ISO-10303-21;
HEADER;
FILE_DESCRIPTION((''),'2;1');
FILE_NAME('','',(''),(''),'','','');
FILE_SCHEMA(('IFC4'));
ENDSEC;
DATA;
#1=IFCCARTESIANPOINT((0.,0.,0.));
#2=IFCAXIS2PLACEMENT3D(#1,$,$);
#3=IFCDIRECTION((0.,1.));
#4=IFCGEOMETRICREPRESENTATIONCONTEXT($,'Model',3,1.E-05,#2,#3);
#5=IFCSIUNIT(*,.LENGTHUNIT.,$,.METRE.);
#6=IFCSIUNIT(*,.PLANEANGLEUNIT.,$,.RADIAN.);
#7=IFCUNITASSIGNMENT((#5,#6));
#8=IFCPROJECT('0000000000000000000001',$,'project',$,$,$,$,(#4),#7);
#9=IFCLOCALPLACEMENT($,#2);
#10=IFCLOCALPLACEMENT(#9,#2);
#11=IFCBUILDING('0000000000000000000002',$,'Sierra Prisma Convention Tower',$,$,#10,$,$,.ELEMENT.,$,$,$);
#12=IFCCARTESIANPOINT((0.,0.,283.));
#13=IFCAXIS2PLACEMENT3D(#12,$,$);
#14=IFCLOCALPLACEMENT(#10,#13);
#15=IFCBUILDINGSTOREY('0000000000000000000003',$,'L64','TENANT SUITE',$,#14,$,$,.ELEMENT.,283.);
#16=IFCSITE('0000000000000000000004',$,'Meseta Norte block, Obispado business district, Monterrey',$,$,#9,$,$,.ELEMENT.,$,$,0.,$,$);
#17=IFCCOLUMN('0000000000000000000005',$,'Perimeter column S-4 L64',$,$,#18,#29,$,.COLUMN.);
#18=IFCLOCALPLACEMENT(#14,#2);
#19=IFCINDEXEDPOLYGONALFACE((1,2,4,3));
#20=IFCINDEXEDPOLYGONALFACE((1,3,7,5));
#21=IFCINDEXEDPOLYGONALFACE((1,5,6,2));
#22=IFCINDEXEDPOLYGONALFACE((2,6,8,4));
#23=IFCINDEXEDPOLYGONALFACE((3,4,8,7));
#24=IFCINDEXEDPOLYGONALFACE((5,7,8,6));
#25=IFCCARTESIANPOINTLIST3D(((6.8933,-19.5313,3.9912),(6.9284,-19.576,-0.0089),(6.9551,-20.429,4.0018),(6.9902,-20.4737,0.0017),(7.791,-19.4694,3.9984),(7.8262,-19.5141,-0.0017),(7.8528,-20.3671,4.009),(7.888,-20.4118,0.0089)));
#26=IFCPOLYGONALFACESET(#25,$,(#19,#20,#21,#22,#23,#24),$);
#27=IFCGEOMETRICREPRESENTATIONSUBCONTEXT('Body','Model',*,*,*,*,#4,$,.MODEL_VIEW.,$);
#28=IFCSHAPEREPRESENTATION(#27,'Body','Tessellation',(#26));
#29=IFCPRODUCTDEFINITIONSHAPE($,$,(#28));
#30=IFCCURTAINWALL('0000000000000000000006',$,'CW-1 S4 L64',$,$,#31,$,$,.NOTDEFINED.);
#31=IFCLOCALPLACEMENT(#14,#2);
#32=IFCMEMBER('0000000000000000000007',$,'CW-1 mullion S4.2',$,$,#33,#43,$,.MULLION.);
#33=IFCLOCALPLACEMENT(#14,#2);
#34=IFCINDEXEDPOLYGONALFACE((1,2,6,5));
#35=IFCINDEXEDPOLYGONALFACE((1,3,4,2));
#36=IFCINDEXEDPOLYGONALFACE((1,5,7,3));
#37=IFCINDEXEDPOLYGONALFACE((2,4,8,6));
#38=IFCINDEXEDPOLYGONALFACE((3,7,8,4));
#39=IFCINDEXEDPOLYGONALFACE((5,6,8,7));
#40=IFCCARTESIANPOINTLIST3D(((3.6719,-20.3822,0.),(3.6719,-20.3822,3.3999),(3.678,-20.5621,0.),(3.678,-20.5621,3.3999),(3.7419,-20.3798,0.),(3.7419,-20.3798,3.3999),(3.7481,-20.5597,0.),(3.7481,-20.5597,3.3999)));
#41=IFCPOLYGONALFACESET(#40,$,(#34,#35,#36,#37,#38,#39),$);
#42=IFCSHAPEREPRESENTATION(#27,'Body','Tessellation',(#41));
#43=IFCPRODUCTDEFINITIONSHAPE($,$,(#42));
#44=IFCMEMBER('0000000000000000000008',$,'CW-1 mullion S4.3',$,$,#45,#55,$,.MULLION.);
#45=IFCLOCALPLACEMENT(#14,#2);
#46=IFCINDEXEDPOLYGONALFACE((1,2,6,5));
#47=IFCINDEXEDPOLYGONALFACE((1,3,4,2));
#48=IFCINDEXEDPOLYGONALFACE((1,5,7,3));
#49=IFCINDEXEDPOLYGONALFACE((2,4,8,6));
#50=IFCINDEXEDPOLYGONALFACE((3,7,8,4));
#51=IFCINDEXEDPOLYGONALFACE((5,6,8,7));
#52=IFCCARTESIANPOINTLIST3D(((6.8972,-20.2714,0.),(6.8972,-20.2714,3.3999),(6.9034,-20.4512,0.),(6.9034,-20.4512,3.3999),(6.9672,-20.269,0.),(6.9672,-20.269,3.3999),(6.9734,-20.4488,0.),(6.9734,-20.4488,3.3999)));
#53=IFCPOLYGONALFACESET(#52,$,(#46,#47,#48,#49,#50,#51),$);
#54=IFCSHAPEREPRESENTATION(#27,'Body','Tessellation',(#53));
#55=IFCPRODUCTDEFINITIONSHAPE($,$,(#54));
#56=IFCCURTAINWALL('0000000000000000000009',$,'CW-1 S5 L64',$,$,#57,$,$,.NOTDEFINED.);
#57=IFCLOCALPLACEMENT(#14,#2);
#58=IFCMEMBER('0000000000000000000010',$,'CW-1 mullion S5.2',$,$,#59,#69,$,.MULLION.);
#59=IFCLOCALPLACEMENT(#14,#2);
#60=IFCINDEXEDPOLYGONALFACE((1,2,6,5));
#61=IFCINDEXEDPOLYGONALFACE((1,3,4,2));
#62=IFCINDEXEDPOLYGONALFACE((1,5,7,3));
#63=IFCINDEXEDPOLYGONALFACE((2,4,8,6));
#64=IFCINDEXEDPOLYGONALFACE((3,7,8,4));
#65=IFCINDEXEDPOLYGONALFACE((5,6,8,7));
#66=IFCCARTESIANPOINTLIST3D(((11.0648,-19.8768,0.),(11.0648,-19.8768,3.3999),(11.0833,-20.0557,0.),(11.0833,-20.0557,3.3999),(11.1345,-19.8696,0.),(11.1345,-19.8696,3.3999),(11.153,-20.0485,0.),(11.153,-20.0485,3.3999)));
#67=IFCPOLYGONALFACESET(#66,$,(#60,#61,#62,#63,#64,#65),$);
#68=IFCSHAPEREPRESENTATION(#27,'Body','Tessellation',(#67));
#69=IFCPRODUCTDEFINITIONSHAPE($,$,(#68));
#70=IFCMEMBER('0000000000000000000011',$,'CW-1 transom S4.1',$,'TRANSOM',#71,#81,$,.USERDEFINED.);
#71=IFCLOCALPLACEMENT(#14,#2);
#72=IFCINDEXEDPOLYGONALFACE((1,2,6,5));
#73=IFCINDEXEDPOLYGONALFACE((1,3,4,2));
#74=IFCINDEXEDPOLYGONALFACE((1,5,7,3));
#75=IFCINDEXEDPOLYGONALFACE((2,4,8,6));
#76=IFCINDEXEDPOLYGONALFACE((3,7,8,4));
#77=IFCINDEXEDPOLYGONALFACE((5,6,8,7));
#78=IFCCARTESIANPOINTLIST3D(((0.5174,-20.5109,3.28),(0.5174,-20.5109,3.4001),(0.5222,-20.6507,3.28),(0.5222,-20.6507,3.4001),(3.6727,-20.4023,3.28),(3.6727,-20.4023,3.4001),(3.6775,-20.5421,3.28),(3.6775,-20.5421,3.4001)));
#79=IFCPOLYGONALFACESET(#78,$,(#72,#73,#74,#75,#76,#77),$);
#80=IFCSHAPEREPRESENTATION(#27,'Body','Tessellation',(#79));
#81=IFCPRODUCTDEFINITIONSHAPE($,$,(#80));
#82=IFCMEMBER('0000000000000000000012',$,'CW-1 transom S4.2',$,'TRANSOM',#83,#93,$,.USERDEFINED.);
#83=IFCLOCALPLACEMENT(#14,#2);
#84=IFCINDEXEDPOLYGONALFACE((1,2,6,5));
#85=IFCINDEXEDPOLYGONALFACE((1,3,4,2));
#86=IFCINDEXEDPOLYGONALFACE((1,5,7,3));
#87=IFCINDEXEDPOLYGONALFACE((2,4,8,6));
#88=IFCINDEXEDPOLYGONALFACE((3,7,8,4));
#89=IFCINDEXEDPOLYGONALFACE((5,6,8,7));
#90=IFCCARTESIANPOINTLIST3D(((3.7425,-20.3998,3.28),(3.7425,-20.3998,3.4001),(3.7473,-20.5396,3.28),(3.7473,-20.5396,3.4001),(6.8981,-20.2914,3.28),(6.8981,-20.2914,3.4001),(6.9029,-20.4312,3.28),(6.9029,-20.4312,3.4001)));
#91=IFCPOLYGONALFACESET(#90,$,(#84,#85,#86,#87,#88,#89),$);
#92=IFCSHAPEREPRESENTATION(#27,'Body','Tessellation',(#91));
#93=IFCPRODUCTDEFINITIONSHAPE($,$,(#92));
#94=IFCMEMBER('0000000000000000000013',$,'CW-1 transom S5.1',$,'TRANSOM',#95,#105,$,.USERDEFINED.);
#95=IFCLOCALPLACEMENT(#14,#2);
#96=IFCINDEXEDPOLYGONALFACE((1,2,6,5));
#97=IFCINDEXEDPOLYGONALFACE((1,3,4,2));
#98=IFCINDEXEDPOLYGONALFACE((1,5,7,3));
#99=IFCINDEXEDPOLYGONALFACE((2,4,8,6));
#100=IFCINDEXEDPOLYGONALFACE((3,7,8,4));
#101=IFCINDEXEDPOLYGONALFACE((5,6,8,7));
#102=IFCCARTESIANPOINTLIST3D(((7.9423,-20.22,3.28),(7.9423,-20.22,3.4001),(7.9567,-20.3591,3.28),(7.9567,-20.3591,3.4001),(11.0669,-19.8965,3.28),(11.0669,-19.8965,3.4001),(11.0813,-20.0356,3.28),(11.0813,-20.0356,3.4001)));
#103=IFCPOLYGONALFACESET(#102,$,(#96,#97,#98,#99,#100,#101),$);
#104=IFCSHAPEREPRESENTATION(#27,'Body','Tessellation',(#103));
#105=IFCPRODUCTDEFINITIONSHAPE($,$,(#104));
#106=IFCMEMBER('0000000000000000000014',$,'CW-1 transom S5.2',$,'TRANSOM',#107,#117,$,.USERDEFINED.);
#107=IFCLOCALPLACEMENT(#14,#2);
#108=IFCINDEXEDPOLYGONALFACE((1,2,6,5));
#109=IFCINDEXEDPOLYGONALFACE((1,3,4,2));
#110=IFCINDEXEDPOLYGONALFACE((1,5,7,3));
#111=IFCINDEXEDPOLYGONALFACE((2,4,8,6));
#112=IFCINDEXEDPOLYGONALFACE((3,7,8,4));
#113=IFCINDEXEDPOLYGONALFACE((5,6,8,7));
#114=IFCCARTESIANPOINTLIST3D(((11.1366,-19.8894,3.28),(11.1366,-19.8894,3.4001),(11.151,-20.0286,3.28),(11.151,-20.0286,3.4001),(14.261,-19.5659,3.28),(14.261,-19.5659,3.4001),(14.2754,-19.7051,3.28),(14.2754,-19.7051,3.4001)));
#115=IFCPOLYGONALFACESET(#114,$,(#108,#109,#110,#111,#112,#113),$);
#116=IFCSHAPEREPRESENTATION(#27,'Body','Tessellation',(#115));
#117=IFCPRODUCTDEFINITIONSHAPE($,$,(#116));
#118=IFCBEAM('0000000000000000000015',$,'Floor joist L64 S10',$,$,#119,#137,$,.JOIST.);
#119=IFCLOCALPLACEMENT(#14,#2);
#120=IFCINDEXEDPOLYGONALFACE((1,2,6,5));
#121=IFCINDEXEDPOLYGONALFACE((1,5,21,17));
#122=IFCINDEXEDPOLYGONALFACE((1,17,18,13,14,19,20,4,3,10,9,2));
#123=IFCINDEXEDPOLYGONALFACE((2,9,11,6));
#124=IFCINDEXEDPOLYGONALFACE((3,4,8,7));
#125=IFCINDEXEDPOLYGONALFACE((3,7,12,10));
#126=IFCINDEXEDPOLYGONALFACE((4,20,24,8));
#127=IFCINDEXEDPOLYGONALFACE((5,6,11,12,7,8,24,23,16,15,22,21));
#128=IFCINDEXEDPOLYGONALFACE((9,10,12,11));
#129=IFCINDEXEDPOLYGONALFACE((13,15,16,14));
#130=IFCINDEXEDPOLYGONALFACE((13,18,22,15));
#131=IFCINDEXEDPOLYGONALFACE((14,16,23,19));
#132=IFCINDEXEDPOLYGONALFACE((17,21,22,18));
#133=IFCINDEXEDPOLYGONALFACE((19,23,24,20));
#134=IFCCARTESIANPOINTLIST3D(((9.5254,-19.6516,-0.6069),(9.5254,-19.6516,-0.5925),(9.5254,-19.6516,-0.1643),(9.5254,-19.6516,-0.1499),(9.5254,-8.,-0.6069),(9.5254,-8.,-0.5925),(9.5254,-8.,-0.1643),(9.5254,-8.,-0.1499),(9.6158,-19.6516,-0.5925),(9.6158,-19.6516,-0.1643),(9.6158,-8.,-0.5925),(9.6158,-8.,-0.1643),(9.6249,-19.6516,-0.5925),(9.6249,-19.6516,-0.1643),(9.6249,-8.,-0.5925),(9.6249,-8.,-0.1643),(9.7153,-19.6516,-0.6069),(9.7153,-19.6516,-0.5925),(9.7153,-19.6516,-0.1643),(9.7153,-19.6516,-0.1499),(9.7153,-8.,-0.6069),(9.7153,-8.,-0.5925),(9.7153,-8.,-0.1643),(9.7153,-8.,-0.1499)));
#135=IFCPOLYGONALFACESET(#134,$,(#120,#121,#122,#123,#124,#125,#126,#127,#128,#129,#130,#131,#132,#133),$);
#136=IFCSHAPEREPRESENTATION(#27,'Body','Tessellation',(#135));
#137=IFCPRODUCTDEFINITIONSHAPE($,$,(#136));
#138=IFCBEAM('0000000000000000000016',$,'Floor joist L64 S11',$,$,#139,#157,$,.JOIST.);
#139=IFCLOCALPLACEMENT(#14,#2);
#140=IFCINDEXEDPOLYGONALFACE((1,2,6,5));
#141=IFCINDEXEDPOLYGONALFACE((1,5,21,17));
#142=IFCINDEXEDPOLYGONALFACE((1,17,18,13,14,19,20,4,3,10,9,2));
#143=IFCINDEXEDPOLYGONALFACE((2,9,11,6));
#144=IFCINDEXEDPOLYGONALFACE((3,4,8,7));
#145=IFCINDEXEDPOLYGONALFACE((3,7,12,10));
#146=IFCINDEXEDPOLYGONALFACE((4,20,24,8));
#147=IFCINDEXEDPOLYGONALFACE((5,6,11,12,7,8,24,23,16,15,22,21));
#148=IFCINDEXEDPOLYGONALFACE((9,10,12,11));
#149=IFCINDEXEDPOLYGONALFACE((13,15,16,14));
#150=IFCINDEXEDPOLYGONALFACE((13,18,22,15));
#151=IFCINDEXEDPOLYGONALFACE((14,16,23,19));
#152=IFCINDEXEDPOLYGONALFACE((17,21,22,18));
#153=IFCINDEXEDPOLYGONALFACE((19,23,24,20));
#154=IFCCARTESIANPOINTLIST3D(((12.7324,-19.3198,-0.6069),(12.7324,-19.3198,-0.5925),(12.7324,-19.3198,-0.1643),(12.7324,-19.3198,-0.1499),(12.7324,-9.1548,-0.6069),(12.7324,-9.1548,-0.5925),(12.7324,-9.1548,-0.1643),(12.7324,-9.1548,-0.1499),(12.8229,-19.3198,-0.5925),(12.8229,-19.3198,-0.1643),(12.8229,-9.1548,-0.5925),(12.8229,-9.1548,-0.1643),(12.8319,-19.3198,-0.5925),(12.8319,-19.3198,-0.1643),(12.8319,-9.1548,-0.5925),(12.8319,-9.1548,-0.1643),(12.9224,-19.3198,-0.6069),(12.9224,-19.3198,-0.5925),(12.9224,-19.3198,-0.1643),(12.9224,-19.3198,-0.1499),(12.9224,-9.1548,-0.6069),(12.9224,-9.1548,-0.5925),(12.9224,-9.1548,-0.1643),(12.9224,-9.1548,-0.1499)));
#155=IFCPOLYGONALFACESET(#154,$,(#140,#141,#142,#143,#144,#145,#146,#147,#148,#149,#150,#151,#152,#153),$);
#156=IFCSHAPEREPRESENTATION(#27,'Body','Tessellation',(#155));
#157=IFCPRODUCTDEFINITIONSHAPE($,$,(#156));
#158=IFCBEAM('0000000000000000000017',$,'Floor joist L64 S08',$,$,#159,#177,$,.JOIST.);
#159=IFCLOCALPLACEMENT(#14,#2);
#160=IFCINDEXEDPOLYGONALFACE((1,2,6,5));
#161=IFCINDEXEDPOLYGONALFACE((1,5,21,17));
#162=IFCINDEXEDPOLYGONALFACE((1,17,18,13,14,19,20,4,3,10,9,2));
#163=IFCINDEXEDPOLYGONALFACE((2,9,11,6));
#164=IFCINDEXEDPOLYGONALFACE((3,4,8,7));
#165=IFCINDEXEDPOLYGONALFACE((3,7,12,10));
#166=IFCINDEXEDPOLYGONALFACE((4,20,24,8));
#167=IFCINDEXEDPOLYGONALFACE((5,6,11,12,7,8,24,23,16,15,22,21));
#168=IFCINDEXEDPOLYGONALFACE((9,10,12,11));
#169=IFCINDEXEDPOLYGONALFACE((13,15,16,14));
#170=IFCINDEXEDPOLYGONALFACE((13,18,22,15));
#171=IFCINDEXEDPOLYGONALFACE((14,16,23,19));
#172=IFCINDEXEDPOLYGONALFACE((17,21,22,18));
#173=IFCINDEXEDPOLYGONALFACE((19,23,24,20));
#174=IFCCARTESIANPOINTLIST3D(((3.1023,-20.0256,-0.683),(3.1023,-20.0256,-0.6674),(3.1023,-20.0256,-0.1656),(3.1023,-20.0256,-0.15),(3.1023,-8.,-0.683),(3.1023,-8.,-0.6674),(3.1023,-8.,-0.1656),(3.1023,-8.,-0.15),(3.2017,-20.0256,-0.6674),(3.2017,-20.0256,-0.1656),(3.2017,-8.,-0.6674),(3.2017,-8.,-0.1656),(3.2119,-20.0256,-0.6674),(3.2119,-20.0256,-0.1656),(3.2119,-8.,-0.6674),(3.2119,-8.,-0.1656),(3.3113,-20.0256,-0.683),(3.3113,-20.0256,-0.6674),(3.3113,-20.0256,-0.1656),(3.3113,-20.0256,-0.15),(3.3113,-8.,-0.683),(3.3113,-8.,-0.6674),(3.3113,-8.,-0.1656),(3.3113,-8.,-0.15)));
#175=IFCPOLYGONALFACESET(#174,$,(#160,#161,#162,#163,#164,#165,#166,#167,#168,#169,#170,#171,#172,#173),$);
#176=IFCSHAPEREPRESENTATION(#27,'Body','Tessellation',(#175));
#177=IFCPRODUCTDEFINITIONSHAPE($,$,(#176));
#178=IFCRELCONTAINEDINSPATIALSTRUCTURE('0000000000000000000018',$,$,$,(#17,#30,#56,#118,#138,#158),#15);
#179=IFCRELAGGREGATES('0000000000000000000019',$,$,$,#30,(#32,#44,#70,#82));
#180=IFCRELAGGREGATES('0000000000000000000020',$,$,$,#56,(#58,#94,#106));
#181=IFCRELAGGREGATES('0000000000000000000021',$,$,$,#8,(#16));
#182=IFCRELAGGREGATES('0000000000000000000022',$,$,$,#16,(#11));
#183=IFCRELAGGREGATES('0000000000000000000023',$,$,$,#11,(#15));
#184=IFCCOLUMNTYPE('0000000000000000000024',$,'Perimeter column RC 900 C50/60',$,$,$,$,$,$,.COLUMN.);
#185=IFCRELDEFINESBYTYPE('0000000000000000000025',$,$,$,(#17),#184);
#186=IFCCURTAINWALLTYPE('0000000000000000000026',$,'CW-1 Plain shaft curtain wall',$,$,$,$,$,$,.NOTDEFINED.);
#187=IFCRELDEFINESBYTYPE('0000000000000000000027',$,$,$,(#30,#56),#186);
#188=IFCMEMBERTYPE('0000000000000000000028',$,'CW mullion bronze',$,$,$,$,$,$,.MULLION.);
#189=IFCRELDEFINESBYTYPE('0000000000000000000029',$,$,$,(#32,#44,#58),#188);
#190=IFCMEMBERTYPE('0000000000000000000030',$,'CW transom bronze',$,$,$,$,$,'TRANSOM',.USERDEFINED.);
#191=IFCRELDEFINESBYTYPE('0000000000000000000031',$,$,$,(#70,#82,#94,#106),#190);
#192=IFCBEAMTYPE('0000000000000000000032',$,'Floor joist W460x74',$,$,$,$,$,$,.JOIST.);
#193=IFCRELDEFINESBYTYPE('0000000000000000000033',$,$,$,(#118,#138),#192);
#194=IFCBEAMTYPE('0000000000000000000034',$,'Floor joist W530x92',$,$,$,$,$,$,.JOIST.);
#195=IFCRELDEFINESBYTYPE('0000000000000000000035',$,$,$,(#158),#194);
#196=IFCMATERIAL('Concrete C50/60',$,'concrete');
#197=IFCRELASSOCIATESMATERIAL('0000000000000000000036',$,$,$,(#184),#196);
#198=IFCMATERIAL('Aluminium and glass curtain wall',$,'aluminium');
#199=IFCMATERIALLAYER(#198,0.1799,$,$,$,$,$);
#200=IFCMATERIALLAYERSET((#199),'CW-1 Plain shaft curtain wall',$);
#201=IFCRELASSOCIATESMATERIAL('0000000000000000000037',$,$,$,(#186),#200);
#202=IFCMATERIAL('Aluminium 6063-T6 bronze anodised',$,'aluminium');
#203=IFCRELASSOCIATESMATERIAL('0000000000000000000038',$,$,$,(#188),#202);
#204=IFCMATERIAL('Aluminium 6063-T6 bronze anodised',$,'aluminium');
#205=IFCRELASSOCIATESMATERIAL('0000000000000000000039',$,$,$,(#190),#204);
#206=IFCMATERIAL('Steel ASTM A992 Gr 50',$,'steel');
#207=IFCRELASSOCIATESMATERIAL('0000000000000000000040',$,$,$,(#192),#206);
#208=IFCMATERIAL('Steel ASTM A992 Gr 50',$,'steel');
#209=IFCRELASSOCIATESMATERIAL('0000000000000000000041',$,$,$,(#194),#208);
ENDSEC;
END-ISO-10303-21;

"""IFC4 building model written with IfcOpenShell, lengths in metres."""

from ifc_helpers import new_model, si_unit, direction, frame, origin, origin_2d, place, context, subcontext, project, spatial, rectangle, i_section, extrude, material, layer, layer_set, material_profile, profile_set, type_object, element, aggregate, save


model = new_model("IFC4")

# Units and contexts
model_context = context("Model", 3, precision=1e-05, world=origin(), true_north=direction((0.0, 1.0)))
body_context = subcontext(model_context, "Body", "Model", "MODEL_VIEW")
ifc_project = project(units=[si_unit("LENGTHUNIT", "METRE"), si_unit("PLANEANGLEUNIT", "RADIAN")], contexts=[model_context])

# Site, building, storey
site_placement = place(None, origin())
site = spatial("IfcSite", under=ifc_project, at=site_placement, Name="Meseta Norte block, Obispado business district, Monterrey", CompositionType="ELEMENT", RefElevation=0.0)
building_placement = place(site_placement, origin())
building = spatial("IfcBuilding", under=site, at=building_placement, Name="Sierra Prisma Convention Tower", CompositionType="ELEMENT")
storey_placement = place(building_placement, frame((0.0, 0.0, 283.0)))
storey = spatial("IfcBuildingStorey", under=building, at=storey_placement, Name="L64", Description="TENANT SUITE", CompositionType="ELEMENT", Elevation=283.0)

# Column
ifc_material_1 = material(Name="Concrete C50/60", Category="concrete")
ifc_material_profile_1 = material_profile(ifc_material_1, rectangle(XDim=0.8999, YDim=0.8999, at=origin_2d()), Name="Perimeter column RC 900 C50/60")
ifc_profile_set_1 = profile_set([ifc_material_profile_1], Name="Concrete C50/60")
column_type = type_object("IfcColumnType", Name="Perimeter column RC 900 C50/60", PredefinedType="COLUMN", material=ifc_profile_set_1)
column_placement = place(storey_placement, frame((7.4082, -19.9939, 0.0), z_axis=(-0.008788, 0.011168, 0.999899), x_axis=(0.9976, 0.068781, 0.008)))
element("IfcColumn", 1, at=column_placement, inside=storey, type_object=column_type, Name="Perimeter column S-4 L64", PredefinedType="COLUMN", context=body_context, shape_type="SweptSolid", body=[
    extrude(rectangle(XDim=0.8999, YDim=0.8999, at=origin_2d()), origin(), (0.0, 0.0, 1.0), 4.0005),
])

# Curtain wall, members
ifc_material_2 = material(Name="Aluminium and glass curtain wall", Category="aluminium")
ifc_layer_1 = layer(ifc_material_2, 0.1799)
ifc_layer_set_1 = layer_set([ifc_layer_1], Name="CW-1 Plain shaft curtain wall")
curtain_wall_type = type_object("IfcCurtainWallType", Name="CW-1 Plain shaft curtain wall", PredefinedType="NOTDEFINED", material=ifc_layer_set_1)
curtain_wall_1_placement = place(storey_placement, origin())
curtain_wall_1 = element("IfcCurtainWall", 2, at=curtain_wall_1_placement, inside=storey, type_object=curtain_wall_type, Name="CW-1 S4 L64", PredefinedType="NOTDEFINED")
ifc_material_3 = material(Name="Aluminium 6063-T6 bronze anodised", Category="aluminium")
ifc_material_profile_2 = material_profile(ifc_material_3, rectangle(XDim=0.1799, YDim=0.0701, at=origin_2d()), Name="ALU MULLION 70x180")
ifc_profile_set_2 = profile_set([ifc_material_profile_2], Name="Aluminium 6063-T6 bronze anodised")
member_type_1 = type_object("IfcMemberType", Name="CW mullion bronze", PredefinedType="MULLION", material=ifc_profile_set_2)
member_1_placement = place(storey_placement, frame((3.71, -20.4709, 0.0), z_axis=(0.0, 0.0, 1.0), x_axis=(-0.034364, 0.999409, 0.0)))
member_1 = element("IfcMember", 3, at=member_1_placement, type_object=member_type_1, Name="CW-1 mullion S4.2", PredefinedType="MULLION", context=body_context, shape_type="SweptSolid", body=[
    extrude(rectangle(XDim=0.1799, YDim=0.0701, at=origin_2d()), origin(), (0.0, 0.0, 1.0), 3.3999),
])
member_2_placement = place(storey_placement, frame((6.9353, -20.3601, 0.0), z_axis=(0.0, 0.0, 1.0), x_axis=(-0.034364, 0.999409, 0.0)))
member_2 = element("IfcMember", 4, at=member_2_placement, type_object=member_type_1, Name="CW-1 mullion S4.3", PredefinedType="MULLION", context=body_context, shape_type="SweptSolid", body=[
    extrude(rectangle(XDim=0.1799, YDim=0.0701, at=origin_2d()), origin(), (0.0, 0.0, 1.0), 3.3999),
])

# Curtain wall, member
curtain_wall_2_placement = place(storey_placement, origin())
curtain_wall_2 = element("IfcCurtainWall", 5, at=curtain_wall_2_placement, inside=storey, type_object=curtain_wall_type, Name="CW-1 S5 L64", PredefinedType="NOTDEFINED")
member_3_placement = place(storey_placement, frame((11.1089, -19.9626, 0.0), z_axis=(0.0, 0.0, 1.0), x_axis=(-0.10293, 0.994689, 0.0)))
member_3 = element("IfcMember", 6, at=member_3_placement, type_object=member_type_1, Name="CW-1 mullion S5.2", PredefinedType="MULLION", context=body_context, shape_type="SweptSolid", body=[
    extrude(rectangle(XDim=0.1799, YDim=0.0701, at=origin_2d()), origin(), (0.0, 0.0, 1.0), 3.3999),
])

# Members
ifc_material_4 = material(Name="Aluminium 6063-T6 bronze anodised", Category="aluminium")
ifc_material_profile_3 = material_profile(ifc_material_4, rectangle(XDim=0.1399, YDim=0.1201, at=origin_2d()), Name="ALU TRANSOM 120x140")
ifc_profile_set_3 = profile_set([ifc_material_profile_3], Name="Aluminium 6063-T6 bronze anodised")
member_type_2 = type_object("IfcMemberType", Name="CW transom bronze", ElementType="TRANSOM", PredefinedType="USERDEFINED", material=ifc_profile_set_3)
member_4_placement = place(storey_placement, frame((0.5198, -20.5808, 3.3401), z_axis=(0.999408, 0.034412, 0.0), x_axis=(-0.034412, 0.999408, 0.0)))
member_4 = element("IfcMember", 7, at=member_4_placement, type_object=member_type_2, Name="CW-1 transom S4.1", ObjectType="TRANSOM", PredefinedType="USERDEFINED", context=body_context, shape_type="SweptSolid", body=[
    extrude(rectangle(XDim=0.1399, YDim=0.1201, at=origin_2d()), origin(), (0.0, 0.0, 1.0), 3.1572),
])
member_5_placement = place(storey_placement, frame((3.7449, -20.4697, 3.3401), z_axis=(0.99941, 0.034332, 0.0), x_axis=(-0.034332, 0.99941, 0.0)))
member_5 = element("IfcMember", 8, at=member_5_placement, type_object=member_type_2, Name="CW-1 transom S4.2", ObjectType="TRANSOM", PredefinedType="USERDEFINED", context=body_context, shape_type="SweptSolid", body=[
    extrude(rectangle(XDim=0.1399, YDim=0.1201, at=origin_2d()), origin(), (0.0, 0.0, 1.0), 3.1575),
])
member_6_placement = place(storey_placement, frame((7.9495, -20.2896, 3.3401), z_axis=(0.994684, 0.102973, 0.0), x_axis=(-0.102973, 0.994684, 0.0)))
member_6 = element("IfcMember", 9, at=member_6_placement, type_object=member_type_2, Name="CW-1 transom S5.1", ObjectType="TRANSOM", PredefinedType="USERDEFINED", context=body_context, shape_type="SweptSolid", body=[
    extrude(rectangle(XDim=0.1399, YDim=0.1201, at=origin_2d()), origin(), (0.0, 0.0, 1.0), 3.1414),
])
member_7_placement = place(storey_placement, frame((11.1438, -19.959, 3.3401), z_axis=(0.994683, 0.102981, 0.0), x_axis=(-0.102981, 0.994683, 0.0)))
member_7 = element("IfcMember", 10, at=member_7_placement, type_object=member_type_2, Name="CW-1 transom S5.2", ObjectType="TRANSOM", PredefinedType="USERDEFINED", context=body_context, shape_type="SweptSolid", body=[
    extrude(rectangle(XDim=0.1399, YDim=0.1201, at=origin_2d()), origin(), (0.0, 0.0, 1.0), 3.1411),
])

# Beams
ifc_material_5 = material(Name="Steel ASTM A992 Gr 50", Category="steel")
ifc_material_profile_4 = material_profile(ifc_material_5, i_section(OverallWidth=0.1899, OverallDepth=0.457, WebThickness=0.009, FlangeThickness=0.0144, at=origin_2d()), Name="W460x74")
ifc_profile_set_4 = profile_set([ifc_material_profile_4], Name="Steel ASTM A992 Gr 50")
beam_type_1 = type_object("IfcBeamType", Name="Floor joist W460x74", PredefinedType="JOIST", material=ifc_profile_set_4)
beam_1_placement = place(storey_placement, frame((9.6204, -19.6516, -0.3784), z_axis=(0.0, 1.0, 0.0), x_axis=(-1.0, 0.0, 0.0)))
element("IfcBeam", 11, at=beam_1_placement, inside=storey, type_object=beam_type_1, Name="Floor joist L64 S10", PredefinedType="JOIST", context=body_context, shape_type="SweptSolid", body=[
    extrude(i_section(OverallWidth=0.1899, OverallDepth=0.457, WebThickness=0.009, FlangeThickness=0.0144, at=origin_2d()), origin(), (0.0, 0.0, 1.0), 11.6516),
])
beam_2_placement = place(storey_placement, frame((12.8274, -19.3198, -0.3784), z_axis=(0.0, 1.0, 0.0), x_axis=(-1.0, 0.0, 0.0)))
element("IfcBeam", 12, at=beam_2_placement, inside=storey, type_object=beam_type_1, Name="Floor joist L64 S11", PredefinedType="JOIST", context=body_context, shape_type="SweptSolid", body=[
    extrude(i_section(OverallWidth=0.1899, OverallDepth=0.457, WebThickness=0.009, FlangeThickness=0.0144, at=origin_2d()), origin(), (0.0, 0.0, 1.0), 10.165),
])
ifc_material_6 = material(Name="Steel ASTM A992 Gr 50", Category="steel")
ifc_material_profile_5 = material_profile(ifc_material_6, i_section(OverallWidth=0.209, OverallDepth=0.533, WebThickness=0.0103, FlangeThickness=0.0156, at=origin_2d()), Name="W530x92")
ifc_profile_set_5 = profile_set([ifc_material_profile_5], Name="Steel ASTM A992 Gr 50")
beam_type_2 = type_object("IfcBeamType", Name="Floor joist W530x92", PredefinedType="JOIST", material=ifc_profile_set_5)
beam_3_placement = place(storey_placement, frame((3.2068, -20.0256, -0.4165), z_axis=(0.0, 1.0, 0.0), x_axis=(-1.0, 0.0, 0.0)))
element("IfcBeam", 13, at=beam_3_placement, inside=storey, type_object=beam_type_2, Name="Floor joist L64 S08", PredefinedType="JOIST", context=body_context, shape_type="SweptSolid", body=[
    extrude(i_section(OverallWidth=0.209, OverallDepth=0.533, WebThickness=0.0103, FlangeThickness=0.0156, at=origin_2d()), origin(), (0.0, 0.0, 1.0), 12.0256),
])

aggregate(curtain_wall_1, [member_1, member_2, member_4, member_5])
aggregate(curtain_wall_2, [member_3, member_6, member_7])

save(model, "model.ifc")
